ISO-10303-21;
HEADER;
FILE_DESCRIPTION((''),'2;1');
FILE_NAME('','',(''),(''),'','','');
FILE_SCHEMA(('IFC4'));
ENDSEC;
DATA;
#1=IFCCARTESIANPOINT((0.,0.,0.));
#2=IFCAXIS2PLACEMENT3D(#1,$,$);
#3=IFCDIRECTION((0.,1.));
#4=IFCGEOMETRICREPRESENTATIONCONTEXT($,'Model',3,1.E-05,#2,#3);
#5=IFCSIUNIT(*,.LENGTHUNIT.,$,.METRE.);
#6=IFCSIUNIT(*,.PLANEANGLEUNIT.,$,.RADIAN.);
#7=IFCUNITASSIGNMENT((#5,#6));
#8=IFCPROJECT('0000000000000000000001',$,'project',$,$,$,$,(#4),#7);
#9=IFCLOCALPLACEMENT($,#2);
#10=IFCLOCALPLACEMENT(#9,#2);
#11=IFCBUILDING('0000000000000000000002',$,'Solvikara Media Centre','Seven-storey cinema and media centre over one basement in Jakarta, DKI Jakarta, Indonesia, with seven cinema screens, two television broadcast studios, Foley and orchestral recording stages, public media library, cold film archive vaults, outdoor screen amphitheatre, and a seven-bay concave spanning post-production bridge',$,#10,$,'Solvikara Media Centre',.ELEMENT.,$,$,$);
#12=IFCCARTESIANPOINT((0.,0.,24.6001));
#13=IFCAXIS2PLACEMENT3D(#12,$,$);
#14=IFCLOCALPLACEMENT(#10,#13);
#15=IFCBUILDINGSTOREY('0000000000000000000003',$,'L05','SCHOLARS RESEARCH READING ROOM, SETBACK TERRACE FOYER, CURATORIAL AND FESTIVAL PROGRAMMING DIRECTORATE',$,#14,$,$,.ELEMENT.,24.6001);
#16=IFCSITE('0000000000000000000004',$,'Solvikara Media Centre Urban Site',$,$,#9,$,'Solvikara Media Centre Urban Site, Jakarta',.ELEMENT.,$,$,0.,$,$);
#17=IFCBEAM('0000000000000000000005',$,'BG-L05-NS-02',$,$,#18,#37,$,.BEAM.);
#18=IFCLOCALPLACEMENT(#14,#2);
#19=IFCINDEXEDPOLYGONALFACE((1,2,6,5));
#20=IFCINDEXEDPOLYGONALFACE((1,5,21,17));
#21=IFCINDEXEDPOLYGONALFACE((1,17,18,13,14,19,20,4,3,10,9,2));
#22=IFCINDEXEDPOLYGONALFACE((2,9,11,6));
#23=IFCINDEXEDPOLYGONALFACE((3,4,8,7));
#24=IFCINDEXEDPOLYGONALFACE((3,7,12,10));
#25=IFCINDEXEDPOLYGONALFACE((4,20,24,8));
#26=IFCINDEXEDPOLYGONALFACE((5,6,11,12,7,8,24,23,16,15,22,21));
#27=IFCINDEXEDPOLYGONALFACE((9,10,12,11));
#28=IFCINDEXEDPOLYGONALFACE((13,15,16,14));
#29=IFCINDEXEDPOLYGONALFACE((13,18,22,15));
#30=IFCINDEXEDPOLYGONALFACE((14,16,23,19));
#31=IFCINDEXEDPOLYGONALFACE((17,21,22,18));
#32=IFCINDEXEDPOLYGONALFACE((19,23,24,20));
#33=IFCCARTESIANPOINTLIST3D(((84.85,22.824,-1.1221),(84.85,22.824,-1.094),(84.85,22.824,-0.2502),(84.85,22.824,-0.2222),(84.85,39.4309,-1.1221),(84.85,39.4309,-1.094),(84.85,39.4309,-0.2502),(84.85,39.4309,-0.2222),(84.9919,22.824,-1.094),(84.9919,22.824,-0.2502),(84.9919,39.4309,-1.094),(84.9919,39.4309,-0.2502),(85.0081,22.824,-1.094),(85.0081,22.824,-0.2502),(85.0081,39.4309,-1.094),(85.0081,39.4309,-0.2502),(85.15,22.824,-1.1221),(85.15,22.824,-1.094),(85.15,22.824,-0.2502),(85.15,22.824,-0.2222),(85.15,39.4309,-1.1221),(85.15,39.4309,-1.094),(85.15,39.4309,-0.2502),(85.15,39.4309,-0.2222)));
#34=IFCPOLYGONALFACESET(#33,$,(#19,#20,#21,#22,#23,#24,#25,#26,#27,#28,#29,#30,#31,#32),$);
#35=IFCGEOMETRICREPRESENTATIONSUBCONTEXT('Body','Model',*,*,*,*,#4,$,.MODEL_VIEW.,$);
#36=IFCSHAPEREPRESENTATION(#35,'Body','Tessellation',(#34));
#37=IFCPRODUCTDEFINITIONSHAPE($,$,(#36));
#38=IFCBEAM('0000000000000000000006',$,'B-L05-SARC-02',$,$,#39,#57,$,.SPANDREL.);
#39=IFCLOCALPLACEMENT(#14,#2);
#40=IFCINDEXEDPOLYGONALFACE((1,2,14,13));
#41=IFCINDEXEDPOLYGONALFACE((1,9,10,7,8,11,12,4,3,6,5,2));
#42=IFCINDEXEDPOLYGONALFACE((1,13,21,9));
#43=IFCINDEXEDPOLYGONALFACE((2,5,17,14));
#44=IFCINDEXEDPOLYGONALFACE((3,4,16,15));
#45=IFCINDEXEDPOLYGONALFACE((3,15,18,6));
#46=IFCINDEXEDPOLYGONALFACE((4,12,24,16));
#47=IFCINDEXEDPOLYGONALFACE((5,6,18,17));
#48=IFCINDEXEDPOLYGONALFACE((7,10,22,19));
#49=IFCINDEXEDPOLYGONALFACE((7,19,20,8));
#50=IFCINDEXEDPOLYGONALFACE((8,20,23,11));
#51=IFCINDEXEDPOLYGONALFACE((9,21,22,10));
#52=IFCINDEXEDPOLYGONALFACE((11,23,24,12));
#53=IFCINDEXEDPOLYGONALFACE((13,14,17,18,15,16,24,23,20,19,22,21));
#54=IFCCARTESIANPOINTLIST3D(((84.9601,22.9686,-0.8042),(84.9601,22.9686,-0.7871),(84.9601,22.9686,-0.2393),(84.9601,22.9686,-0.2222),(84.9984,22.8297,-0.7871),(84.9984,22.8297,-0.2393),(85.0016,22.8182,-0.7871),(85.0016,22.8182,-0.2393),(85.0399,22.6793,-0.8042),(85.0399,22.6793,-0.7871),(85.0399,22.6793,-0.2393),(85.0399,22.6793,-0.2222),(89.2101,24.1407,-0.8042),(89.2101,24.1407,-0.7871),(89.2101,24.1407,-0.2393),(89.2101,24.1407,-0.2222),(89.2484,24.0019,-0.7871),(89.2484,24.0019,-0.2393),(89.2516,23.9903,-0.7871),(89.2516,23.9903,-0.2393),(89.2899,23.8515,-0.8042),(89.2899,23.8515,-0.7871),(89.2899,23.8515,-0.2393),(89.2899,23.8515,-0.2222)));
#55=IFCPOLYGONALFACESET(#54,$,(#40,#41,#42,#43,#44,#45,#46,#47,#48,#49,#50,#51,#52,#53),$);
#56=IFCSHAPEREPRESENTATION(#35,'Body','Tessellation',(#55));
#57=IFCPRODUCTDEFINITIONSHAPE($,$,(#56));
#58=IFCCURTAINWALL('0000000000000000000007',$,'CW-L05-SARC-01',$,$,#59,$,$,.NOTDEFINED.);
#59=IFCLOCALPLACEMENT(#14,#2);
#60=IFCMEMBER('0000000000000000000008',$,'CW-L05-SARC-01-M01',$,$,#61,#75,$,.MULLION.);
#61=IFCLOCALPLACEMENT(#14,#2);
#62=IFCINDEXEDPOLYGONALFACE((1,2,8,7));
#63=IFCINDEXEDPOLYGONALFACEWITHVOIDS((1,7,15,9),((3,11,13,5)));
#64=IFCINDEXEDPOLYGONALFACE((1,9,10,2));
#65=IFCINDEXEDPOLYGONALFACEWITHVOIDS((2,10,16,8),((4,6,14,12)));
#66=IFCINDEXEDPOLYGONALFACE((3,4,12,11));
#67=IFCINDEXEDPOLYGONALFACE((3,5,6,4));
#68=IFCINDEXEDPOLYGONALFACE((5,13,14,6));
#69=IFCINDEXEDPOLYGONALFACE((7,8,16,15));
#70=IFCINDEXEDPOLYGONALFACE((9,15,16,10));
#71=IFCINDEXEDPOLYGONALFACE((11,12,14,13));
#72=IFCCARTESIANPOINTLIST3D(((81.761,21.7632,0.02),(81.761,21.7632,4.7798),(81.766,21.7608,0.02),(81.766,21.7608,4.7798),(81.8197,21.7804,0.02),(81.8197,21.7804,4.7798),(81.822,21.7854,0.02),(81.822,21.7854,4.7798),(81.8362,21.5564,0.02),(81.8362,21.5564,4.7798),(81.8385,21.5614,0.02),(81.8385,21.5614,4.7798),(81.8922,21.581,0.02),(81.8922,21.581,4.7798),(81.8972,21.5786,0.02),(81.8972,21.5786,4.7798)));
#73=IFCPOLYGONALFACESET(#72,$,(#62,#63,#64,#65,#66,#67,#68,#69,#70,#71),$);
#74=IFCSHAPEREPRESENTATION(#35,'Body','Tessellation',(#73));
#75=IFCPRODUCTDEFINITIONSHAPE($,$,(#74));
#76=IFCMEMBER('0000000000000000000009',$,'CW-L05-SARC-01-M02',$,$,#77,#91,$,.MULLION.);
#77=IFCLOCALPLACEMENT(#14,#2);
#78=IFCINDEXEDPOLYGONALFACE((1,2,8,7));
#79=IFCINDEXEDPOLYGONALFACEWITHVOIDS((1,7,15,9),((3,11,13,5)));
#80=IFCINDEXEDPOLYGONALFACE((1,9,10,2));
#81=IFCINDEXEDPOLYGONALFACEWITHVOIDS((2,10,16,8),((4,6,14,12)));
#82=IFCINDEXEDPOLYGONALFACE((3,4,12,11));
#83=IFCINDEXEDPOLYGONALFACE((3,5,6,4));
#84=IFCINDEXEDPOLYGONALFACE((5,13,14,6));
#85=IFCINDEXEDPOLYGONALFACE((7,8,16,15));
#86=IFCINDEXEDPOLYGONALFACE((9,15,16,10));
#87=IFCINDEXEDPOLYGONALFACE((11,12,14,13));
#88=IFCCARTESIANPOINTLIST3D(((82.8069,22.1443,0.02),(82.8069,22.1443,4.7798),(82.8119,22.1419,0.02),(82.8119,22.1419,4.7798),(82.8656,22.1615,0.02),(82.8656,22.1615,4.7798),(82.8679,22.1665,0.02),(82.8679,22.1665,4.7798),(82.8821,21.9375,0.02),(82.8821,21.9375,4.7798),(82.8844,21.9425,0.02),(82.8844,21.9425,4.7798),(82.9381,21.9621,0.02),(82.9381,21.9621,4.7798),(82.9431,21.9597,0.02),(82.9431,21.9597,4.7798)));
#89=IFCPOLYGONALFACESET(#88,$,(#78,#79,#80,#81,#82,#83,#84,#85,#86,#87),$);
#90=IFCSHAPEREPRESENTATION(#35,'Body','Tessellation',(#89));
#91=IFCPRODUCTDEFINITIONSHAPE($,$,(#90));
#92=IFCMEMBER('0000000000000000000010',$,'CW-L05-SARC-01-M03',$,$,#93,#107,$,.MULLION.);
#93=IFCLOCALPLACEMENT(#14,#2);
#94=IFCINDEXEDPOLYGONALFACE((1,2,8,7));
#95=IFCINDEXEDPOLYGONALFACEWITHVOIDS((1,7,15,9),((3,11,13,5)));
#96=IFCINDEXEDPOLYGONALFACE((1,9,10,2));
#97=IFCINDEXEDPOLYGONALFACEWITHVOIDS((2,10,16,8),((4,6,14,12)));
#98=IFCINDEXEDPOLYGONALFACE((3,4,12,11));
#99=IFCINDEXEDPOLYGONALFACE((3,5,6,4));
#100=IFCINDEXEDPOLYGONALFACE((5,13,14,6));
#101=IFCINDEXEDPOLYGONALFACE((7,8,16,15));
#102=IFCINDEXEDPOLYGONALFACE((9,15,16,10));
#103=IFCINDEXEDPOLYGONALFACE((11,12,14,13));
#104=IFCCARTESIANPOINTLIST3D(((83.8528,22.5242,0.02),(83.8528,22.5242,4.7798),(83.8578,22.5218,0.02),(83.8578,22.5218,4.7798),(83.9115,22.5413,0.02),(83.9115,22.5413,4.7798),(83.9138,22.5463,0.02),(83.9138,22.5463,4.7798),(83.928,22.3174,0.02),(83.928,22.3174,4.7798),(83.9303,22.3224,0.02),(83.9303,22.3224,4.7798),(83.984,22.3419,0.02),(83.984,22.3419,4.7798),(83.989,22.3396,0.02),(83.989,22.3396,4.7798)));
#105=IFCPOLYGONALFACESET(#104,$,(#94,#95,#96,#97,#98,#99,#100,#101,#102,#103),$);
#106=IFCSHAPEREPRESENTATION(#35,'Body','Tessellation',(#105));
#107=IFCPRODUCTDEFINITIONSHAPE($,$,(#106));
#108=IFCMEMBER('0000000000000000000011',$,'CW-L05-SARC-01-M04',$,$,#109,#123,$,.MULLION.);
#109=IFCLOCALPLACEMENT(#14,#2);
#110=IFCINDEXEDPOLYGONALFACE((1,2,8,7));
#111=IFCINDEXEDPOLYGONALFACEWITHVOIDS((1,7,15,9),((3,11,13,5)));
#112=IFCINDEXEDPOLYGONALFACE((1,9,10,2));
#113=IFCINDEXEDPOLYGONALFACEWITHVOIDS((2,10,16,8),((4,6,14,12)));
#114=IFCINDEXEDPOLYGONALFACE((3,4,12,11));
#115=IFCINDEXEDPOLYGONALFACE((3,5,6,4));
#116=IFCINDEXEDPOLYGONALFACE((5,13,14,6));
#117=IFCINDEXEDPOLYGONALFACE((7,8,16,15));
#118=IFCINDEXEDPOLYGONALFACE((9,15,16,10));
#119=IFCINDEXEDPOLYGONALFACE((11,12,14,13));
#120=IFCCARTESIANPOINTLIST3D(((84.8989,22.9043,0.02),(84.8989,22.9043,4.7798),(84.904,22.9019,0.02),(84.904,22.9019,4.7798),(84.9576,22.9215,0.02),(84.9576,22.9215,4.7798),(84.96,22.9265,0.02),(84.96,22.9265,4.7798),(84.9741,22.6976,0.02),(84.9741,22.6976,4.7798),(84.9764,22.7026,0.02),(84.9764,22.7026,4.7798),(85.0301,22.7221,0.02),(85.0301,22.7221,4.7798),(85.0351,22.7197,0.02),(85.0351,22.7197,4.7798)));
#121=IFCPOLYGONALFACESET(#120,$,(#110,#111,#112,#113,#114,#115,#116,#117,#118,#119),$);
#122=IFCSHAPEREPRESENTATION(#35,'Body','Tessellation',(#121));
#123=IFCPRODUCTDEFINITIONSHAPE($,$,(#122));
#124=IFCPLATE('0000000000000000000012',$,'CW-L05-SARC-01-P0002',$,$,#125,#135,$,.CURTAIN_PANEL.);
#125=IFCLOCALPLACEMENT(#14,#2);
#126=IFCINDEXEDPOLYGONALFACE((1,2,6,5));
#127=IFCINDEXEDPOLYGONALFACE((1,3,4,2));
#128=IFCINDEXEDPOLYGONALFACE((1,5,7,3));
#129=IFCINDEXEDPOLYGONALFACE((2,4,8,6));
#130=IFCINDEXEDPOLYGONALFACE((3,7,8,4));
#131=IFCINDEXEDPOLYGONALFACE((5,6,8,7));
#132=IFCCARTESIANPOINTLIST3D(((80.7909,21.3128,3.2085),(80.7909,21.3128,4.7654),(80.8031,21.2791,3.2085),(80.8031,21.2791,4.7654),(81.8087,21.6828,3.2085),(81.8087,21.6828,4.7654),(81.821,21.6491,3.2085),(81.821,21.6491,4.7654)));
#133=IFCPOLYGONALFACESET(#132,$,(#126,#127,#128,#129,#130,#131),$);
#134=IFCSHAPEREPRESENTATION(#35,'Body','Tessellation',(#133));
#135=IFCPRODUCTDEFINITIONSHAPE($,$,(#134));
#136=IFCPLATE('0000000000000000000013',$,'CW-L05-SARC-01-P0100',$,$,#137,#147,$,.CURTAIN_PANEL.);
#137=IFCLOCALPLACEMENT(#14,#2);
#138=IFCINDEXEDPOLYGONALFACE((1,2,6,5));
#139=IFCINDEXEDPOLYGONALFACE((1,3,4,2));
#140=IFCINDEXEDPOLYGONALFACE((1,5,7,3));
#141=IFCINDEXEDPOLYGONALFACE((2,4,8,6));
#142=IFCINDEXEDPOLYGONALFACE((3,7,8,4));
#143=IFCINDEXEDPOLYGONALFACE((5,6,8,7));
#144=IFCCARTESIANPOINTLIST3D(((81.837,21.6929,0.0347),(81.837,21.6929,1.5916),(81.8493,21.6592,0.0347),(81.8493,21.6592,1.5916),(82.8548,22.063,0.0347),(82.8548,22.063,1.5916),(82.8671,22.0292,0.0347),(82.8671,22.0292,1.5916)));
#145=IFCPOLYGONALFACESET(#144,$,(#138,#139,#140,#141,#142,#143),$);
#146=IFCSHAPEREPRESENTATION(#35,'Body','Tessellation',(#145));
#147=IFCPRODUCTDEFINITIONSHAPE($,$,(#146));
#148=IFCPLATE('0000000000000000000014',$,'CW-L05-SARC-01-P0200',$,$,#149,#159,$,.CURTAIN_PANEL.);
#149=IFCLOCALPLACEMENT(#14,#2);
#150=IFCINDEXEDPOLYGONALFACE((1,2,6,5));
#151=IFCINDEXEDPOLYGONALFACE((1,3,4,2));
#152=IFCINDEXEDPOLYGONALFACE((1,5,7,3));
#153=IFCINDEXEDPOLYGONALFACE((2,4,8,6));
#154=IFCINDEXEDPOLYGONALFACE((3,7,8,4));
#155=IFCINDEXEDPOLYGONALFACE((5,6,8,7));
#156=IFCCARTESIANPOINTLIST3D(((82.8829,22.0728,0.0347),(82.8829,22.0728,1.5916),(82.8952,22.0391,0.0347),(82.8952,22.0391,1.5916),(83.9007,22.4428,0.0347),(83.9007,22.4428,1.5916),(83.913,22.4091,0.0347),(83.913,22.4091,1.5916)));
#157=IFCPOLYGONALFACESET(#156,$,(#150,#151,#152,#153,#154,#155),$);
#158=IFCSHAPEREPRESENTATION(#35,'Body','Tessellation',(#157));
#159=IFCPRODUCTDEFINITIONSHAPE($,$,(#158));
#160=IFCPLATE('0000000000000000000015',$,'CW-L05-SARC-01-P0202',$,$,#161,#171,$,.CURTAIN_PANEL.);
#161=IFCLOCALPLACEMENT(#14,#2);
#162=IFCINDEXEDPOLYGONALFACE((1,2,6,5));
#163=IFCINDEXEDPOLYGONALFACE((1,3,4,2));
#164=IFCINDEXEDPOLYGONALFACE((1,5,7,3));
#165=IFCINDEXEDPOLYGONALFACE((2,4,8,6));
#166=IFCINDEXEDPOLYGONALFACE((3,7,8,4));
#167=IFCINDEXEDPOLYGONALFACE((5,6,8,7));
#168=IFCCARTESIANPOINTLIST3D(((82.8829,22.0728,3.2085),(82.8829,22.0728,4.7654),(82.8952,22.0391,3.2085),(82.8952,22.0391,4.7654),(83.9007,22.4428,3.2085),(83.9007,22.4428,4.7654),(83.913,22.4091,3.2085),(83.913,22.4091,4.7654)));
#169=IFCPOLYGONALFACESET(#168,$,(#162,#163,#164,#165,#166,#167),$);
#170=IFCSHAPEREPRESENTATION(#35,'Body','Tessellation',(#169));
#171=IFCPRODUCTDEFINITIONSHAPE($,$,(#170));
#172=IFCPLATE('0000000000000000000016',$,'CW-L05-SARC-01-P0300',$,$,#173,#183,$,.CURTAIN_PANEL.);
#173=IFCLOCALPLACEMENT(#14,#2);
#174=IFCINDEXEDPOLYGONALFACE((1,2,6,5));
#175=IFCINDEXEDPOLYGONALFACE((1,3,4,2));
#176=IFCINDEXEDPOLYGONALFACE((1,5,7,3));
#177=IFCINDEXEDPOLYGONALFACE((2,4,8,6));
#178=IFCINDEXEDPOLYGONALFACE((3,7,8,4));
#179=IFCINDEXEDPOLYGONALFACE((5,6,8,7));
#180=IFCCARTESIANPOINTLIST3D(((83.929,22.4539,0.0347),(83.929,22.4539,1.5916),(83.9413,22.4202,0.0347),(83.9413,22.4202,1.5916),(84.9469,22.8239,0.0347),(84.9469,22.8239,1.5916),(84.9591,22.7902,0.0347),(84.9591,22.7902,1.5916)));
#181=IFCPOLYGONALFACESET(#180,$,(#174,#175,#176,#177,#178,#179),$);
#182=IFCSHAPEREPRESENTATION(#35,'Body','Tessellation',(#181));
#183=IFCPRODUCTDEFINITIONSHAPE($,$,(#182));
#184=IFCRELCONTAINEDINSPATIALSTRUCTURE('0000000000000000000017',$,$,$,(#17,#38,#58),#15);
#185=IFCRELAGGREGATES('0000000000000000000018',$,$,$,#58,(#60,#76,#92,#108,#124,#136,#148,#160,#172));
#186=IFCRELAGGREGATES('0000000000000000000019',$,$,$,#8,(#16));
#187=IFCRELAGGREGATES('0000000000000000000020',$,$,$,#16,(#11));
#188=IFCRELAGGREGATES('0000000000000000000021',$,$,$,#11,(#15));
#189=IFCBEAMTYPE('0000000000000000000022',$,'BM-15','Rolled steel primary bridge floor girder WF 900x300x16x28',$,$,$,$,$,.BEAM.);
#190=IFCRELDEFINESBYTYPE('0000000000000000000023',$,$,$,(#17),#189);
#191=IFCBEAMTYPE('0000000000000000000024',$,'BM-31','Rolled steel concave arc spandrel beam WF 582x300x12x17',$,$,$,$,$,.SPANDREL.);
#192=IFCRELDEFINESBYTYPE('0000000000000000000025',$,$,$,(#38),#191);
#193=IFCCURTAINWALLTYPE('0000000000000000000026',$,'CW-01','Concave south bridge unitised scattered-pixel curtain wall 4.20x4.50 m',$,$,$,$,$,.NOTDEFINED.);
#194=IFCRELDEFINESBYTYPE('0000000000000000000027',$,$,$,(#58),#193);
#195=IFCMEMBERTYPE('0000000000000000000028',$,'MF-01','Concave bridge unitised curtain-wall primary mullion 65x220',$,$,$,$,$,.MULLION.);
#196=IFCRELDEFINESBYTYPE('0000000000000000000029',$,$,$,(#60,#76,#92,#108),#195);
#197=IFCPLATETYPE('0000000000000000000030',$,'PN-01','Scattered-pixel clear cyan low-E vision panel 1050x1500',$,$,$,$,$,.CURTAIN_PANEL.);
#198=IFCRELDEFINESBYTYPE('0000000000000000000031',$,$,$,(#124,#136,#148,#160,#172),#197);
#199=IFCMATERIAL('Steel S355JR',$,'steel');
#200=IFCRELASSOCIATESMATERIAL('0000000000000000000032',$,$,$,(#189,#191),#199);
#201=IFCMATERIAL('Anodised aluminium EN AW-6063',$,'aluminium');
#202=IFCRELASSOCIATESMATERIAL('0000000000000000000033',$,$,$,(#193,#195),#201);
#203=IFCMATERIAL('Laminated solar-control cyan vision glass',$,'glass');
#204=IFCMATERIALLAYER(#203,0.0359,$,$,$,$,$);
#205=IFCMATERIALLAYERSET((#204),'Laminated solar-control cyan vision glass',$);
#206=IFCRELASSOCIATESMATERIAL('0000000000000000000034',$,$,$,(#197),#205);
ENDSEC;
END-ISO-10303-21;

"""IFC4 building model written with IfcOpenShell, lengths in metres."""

from ifc_helpers import new_model, si_unit, direction, frame, origin, origin_2d, place, context, subcontext, project, spatial, rectangle, hollow_rectangle, i_section, extrude, material, layer, layer_set, material_profile, profile_set, type_object, element, aggregate, save


model = new_model("IFC4")

# Units and contexts
model_context = context("Model", 3, precision=1e-05, world=origin(), true_north=direction((0.0, 1.0)))
body_context = subcontext(model_context, "Body", "Model", "MODEL_VIEW")
ifc_project = project(units=[si_unit("LENGTHUNIT", "METRE"), si_unit("PLANEANGLEUNIT", "RADIAN")], contexts=[model_context])

# Site, building, storey
site_placement = place(None, origin())
site = spatial("IfcSite", under=ifc_project, at=site_placement, Name="Solvikara Media Centre Urban Site", LongName="Solvikara Media Centre Urban Site, Jakarta", CompositionType="ELEMENT", RefElevation=0.0)
building_placement = place(site_placement, origin())
building = spatial("IfcBuilding", under=site, at=building_placement, Name="Solvikara Media Centre", Description="Seven-storey cinema and media centre over one basement in Jakarta, DKI Jakarta, Indonesia, with seven cinema screens, two television broadcast studios, Foley and orchestral recording stages, public media library, cold film archive vaults, outdoor screen amphitheatre, and a seven-bay concave spanning post-production bridge", LongName="Solvikara Media Centre", CompositionType="ELEMENT")
storey_placement = place(building_placement, frame((0.0, 0.0, 24.6001)))
storey = spatial("IfcBuildingStorey", under=building, at=storey_placement, Name="L05", Description="SCHOLARS RESEARCH READING ROOM, SETBACK TERRACE FOYER, CURATORIAL AND FESTIVAL PROGRAMMING DIRECTORATE", CompositionType="ELEMENT", Elevation=24.6001)

# Beams
ifc_material_1 = material(Name="Steel S355JR", Category="steel")
ifc_material_profile_1 = material_profile(ifc_material_1, i_section(OverallWidth=0.3, OverallDepth=0.8999, WebThickness=0.0161, FlangeThickness=0.0281, at=origin_2d()), Name="WF 900x300x16x28")
ifc_profile_set_1 = profile_set([ifc_material_profile_1], Name="Steel S355JR")
beam_type_1 = type_object("IfcBeamType", Name="BM-15", Description="Rolled steel primary bridge floor girder WF 900x300x16x28", PredefinedType="BEAM", material=ifc_profile_set_1)
beam_1_placement = place(storey_placement, frame((85.0, 22.824, -0.6721), z_axis=(0.0, 1.0, 0.0), x_axis=(-1.0, 0.0, 0.0)))
element("IfcBeam", 1, at=beam_1_placement, inside=storey, type_object=beam_type_1, Name="BG-L05-NS-02", PredefinedType="BEAM", context=body_context, shape_type="SweptSolid", body=[
    extrude(i_section(OverallWidth=0.3, OverallDepth=0.8999, WebThickness=0.0161, FlangeThickness=0.0281, at=origin_2d()), origin(), (0.0, 0.0, 1.0), 16.6069),
])
ifc_material_profile_2 = material_profile(ifc_material_1, i_section(OverallWidth=0.3, OverallDepth=0.582, WebThickness=0.012, FlangeThickness=0.0171, at=origin_2d()), Name="WF 582x300x12x17")
ifc_profile_set_2 = profile_set([ifc_material_profile_2], Name="Steel S355JR")
beam_type_2 = type_object("IfcBeamType", Name="BM-31", Description="Rolled steel concave arc spandrel beam WF 582x300x12x17", PredefinedType="SPANDREL", material=ifc_profile_set_2)
beam_2_placement = place(storey_placement, frame((85.0, 22.824, -0.5132), z_axis=(0.96401, 0.265867, 0.0), x_axis=(-0.265867, 0.96401, 0.0)))
element("IfcBeam", 2, at=beam_2_placement, inside=storey, type_object=beam_type_2, Name="B-L05-SARC-02", PredefinedType="SPANDREL", context=body_context, shape_type="SweptSolid", body=[
    extrude(i_section(OverallWidth=0.3, OverallDepth=0.582, WebThickness=0.012, FlangeThickness=0.0171, at=origin_2d()), origin(), (0.0, 0.0, 1.0), 4.4087),
])

# Curtain wall, members, plates
ifc_material_2 = material(Name="Anodised aluminium EN AW-6063", Category="aluminium")
curtain_wall_type = type_object("IfcCurtainWallType", Name="CW-01", Description="Concave south bridge unitised scattered-pixel curtain wall 4.20x4.50 m", PredefinedType="NOTDEFINED", material=ifc_material_2)
curtain_wall_placement = place(storey_placement, origin())
curtain_wall = element("IfcCurtainWall", 3, at=curtain_wall_placement, inside=storey, type_object=curtain_wall_type, Name="CW-L05-SARC-01", PredefinedType="NOTDEFINED")
ifc_material_profile_3 = material_profile(ifc_material_2, hollow_rectangle(XDim=0.0649, YDim=0.22, WallThickness=0.0039, at=origin_2d()), Name="ALU-M 65x220x4")
ifc_profile_set_3 = profile_set([ifc_material_profile_3], Name="Anodised aluminium EN AW-6063")
member_type = type_object("IfcMemberType", Name="MF-01", Description="Concave bridge unitised curtain-wall primary mullion 65x220", PredefinedType="MULLION", material=ifc_profile_set_3)
member_1_placement = place(storey_placement, frame((81.8291, 21.6709, 0.02), z_axis=(0.0, 0.0, 1.0), x_axis=(0.939824, 0.341659, 0.0)))
member_1 = element("IfcMember", 4, at=member_1_placement, type_object=member_type, Name="CW-L05-SARC-01-M01", PredefinedType="MULLION", context=body_context, shape_type="SweptSolid", body=[
    extrude(hollow_rectangle(XDim=0.0649, YDim=0.22, WallThickness=0.0039, at=origin_2d()), origin(), (0.0, 0.0, 1.0), 4.7598),
])
member_2_placement = place(storey_placement, frame((82.875, 22.052, 0.02), z_axis=(0.0, 0.0, 1.0), x_axis=(0.939824, 0.341659, 0.0)))
member_2 = element("IfcMember", 5, at=member_2_placement, type_object=member_type, Name="CW-L05-SARC-01-M02", PredefinedType="MULLION", context=body_context, shape_type="SweptSolid", body=[
    extrude(hollow_rectangle(XDim=0.0649, YDim=0.22, WallThickness=0.0039, at=origin_2d()), origin(), (0.0, 0.0, 1.0), 4.7598),
])
member_3_placement = place(storey_placement, frame((83.9209, 22.4319, 0.02), z_axis=(0.0, 0.0, 1.0), x_axis=(0.939824, 0.341659, 0.0)))
member_3 = element("IfcMember", 6, at=member_3_placement, type_object=member_type, Name="CW-L05-SARC-01-M03", PredefinedType="MULLION", context=body_context, shape_type="SweptSolid", body=[
    extrude(hollow_rectangle(XDim=0.0649, YDim=0.22, WallThickness=0.0039, at=origin_2d()), origin(), (0.0, 0.0, 1.0), 4.7598),
])
member_4_placement = place(storey_placement, frame((84.967, 22.812, 0.02), z_axis=(0.0, 0.0, 1.0), x_axis=(0.939824, 0.341659, 0.0)))
member_4 = element("IfcMember", 7, at=member_4_placement, type_object=member_type, Name="CW-L05-SARC-01-M04", PredefinedType="MULLION", context=body_context, shape_type="SweptSolid", body=[
    extrude(hollow_rectangle(XDim=0.0649, YDim=0.22, WallThickness=0.0039, at=origin_2d()), origin(), (0.0, 0.0, 1.0), 4.7598),
])
ifc_material_3 = material(Name="Laminated solar-control cyan vision glass", Category="glass")
ifc_layer_1 = layer(ifc_material_3, 0.0359)
ifc_layer_set_1 = layer_set([ifc_layer_1], Name="Laminated solar-control cyan vision glass")
plate_type_1 = type_object("IfcPlateType", Name="PN-01", Description="Scattered-pixel clear cyan low-E vision panel 1050x1500", PredefinedType="CURTAIN_PANEL", material=ifc_layer_set_1)
plate_1_placement = place(storey_placement, frame((81.3059, 21.481, 3.2085), z_axis=(0.0, 0.0, 1.0), x_axis=(0.939824, 0.341659, 0.0)))
plate_1 = element("IfcPlate", 8, at=plate_1_placement, type_object=plate_type_1, Name="CW-L05-SARC-01-P0002", PredefinedType="CURTAIN_PANEL", context=body_context, shape_type="SweptSolid", body=[
    extrude(rectangle(XDim=1.083, YDim=0.0359, at=origin_2d()), origin(), (0.0, 0.0, 1.0), 1.5569),
])
plate_2_placement = place(storey_placement, frame((82.3521, 21.8611, 0.0347), z_axis=(0.0, 0.0, 1.0), x_axis=(0.939824, 0.341659, 0.0)))
plate_2 = element("IfcPlate", 9, at=plate_2_placement, type_object=plate_type_1, Name="CW-L05-SARC-01-P0100", PredefinedType="CURTAIN_PANEL", context=body_context, shape_type="SweptSolid", body=[
    extrude(rectangle(XDim=1.083, YDim=0.0359, at=origin_2d()), origin(), (0.0, 0.0, 1.0), 1.5569),
])
plate_3_placement = place(storey_placement, frame((83.3979, 22.241, 0.0347), z_axis=(0.0, 0.0, 1.0), x_axis=(0.939824, 0.341659, 0.0)))
plate_3 = element("IfcPlate", 10, at=plate_3_placement, type_object=plate_type_1, Name="CW-L05-SARC-01-P0200", PredefinedType="CURTAIN_PANEL", context=body_context, shape_type="SweptSolid", body=[
    extrude(rectangle(XDim=1.083, YDim=0.0359, at=origin_2d()), origin(), (0.0, 0.0, 1.0), 1.5569),
])
plate_4_placement = place(storey_placement, frame((83.3979, 22.241, 3.2085), z_axis=(0.0, 0.0, 1.0), x_axis=(0.939824, 0.341659, 0.0)))
plate_4 = element("IfcPlate", 11, at=plate_4_placement, type_object=plate_type_1, Name="CW-L05-SARC-01-P0202", PredefinedType="CURTAIN_PANEL", context=body_context, shape_type="SweptSolid", body=[
    extrude(rectangle(XDim=1.083, YDim=0.0359, at=origin_2d()), origin(), (0.0, 0.0, 1.0), 1.5569),
])
plate_5_placement = place(storey_placement, frame((84.4441, 22.6221, 0.0347), z_axis=(0.0, 0.0, 1.0), x_axis=(0.939824, 0.341659, 0.0)))
plate_5 = element("IfcPlate", 12, at=plate_5_placement, type_object=plate_type_1, Name="CW-L05-SARC-01-P0300", PredefinedType="CURTAIN_PANEL", context=body_context, shape_type="SweptSolid", body=[
    extrude(rectangle(XDim=1.083, YDim=0.0359, at=origin_2d()), origin(), (0.0, 0.0, 1.0), 1.5569),
])
aggregate(curtain_wall, [member_1, member_2, member_3, member_4, plate_1, plate_2, plate_3, plate_4, plate_5])

save(model, "model.ifc")
